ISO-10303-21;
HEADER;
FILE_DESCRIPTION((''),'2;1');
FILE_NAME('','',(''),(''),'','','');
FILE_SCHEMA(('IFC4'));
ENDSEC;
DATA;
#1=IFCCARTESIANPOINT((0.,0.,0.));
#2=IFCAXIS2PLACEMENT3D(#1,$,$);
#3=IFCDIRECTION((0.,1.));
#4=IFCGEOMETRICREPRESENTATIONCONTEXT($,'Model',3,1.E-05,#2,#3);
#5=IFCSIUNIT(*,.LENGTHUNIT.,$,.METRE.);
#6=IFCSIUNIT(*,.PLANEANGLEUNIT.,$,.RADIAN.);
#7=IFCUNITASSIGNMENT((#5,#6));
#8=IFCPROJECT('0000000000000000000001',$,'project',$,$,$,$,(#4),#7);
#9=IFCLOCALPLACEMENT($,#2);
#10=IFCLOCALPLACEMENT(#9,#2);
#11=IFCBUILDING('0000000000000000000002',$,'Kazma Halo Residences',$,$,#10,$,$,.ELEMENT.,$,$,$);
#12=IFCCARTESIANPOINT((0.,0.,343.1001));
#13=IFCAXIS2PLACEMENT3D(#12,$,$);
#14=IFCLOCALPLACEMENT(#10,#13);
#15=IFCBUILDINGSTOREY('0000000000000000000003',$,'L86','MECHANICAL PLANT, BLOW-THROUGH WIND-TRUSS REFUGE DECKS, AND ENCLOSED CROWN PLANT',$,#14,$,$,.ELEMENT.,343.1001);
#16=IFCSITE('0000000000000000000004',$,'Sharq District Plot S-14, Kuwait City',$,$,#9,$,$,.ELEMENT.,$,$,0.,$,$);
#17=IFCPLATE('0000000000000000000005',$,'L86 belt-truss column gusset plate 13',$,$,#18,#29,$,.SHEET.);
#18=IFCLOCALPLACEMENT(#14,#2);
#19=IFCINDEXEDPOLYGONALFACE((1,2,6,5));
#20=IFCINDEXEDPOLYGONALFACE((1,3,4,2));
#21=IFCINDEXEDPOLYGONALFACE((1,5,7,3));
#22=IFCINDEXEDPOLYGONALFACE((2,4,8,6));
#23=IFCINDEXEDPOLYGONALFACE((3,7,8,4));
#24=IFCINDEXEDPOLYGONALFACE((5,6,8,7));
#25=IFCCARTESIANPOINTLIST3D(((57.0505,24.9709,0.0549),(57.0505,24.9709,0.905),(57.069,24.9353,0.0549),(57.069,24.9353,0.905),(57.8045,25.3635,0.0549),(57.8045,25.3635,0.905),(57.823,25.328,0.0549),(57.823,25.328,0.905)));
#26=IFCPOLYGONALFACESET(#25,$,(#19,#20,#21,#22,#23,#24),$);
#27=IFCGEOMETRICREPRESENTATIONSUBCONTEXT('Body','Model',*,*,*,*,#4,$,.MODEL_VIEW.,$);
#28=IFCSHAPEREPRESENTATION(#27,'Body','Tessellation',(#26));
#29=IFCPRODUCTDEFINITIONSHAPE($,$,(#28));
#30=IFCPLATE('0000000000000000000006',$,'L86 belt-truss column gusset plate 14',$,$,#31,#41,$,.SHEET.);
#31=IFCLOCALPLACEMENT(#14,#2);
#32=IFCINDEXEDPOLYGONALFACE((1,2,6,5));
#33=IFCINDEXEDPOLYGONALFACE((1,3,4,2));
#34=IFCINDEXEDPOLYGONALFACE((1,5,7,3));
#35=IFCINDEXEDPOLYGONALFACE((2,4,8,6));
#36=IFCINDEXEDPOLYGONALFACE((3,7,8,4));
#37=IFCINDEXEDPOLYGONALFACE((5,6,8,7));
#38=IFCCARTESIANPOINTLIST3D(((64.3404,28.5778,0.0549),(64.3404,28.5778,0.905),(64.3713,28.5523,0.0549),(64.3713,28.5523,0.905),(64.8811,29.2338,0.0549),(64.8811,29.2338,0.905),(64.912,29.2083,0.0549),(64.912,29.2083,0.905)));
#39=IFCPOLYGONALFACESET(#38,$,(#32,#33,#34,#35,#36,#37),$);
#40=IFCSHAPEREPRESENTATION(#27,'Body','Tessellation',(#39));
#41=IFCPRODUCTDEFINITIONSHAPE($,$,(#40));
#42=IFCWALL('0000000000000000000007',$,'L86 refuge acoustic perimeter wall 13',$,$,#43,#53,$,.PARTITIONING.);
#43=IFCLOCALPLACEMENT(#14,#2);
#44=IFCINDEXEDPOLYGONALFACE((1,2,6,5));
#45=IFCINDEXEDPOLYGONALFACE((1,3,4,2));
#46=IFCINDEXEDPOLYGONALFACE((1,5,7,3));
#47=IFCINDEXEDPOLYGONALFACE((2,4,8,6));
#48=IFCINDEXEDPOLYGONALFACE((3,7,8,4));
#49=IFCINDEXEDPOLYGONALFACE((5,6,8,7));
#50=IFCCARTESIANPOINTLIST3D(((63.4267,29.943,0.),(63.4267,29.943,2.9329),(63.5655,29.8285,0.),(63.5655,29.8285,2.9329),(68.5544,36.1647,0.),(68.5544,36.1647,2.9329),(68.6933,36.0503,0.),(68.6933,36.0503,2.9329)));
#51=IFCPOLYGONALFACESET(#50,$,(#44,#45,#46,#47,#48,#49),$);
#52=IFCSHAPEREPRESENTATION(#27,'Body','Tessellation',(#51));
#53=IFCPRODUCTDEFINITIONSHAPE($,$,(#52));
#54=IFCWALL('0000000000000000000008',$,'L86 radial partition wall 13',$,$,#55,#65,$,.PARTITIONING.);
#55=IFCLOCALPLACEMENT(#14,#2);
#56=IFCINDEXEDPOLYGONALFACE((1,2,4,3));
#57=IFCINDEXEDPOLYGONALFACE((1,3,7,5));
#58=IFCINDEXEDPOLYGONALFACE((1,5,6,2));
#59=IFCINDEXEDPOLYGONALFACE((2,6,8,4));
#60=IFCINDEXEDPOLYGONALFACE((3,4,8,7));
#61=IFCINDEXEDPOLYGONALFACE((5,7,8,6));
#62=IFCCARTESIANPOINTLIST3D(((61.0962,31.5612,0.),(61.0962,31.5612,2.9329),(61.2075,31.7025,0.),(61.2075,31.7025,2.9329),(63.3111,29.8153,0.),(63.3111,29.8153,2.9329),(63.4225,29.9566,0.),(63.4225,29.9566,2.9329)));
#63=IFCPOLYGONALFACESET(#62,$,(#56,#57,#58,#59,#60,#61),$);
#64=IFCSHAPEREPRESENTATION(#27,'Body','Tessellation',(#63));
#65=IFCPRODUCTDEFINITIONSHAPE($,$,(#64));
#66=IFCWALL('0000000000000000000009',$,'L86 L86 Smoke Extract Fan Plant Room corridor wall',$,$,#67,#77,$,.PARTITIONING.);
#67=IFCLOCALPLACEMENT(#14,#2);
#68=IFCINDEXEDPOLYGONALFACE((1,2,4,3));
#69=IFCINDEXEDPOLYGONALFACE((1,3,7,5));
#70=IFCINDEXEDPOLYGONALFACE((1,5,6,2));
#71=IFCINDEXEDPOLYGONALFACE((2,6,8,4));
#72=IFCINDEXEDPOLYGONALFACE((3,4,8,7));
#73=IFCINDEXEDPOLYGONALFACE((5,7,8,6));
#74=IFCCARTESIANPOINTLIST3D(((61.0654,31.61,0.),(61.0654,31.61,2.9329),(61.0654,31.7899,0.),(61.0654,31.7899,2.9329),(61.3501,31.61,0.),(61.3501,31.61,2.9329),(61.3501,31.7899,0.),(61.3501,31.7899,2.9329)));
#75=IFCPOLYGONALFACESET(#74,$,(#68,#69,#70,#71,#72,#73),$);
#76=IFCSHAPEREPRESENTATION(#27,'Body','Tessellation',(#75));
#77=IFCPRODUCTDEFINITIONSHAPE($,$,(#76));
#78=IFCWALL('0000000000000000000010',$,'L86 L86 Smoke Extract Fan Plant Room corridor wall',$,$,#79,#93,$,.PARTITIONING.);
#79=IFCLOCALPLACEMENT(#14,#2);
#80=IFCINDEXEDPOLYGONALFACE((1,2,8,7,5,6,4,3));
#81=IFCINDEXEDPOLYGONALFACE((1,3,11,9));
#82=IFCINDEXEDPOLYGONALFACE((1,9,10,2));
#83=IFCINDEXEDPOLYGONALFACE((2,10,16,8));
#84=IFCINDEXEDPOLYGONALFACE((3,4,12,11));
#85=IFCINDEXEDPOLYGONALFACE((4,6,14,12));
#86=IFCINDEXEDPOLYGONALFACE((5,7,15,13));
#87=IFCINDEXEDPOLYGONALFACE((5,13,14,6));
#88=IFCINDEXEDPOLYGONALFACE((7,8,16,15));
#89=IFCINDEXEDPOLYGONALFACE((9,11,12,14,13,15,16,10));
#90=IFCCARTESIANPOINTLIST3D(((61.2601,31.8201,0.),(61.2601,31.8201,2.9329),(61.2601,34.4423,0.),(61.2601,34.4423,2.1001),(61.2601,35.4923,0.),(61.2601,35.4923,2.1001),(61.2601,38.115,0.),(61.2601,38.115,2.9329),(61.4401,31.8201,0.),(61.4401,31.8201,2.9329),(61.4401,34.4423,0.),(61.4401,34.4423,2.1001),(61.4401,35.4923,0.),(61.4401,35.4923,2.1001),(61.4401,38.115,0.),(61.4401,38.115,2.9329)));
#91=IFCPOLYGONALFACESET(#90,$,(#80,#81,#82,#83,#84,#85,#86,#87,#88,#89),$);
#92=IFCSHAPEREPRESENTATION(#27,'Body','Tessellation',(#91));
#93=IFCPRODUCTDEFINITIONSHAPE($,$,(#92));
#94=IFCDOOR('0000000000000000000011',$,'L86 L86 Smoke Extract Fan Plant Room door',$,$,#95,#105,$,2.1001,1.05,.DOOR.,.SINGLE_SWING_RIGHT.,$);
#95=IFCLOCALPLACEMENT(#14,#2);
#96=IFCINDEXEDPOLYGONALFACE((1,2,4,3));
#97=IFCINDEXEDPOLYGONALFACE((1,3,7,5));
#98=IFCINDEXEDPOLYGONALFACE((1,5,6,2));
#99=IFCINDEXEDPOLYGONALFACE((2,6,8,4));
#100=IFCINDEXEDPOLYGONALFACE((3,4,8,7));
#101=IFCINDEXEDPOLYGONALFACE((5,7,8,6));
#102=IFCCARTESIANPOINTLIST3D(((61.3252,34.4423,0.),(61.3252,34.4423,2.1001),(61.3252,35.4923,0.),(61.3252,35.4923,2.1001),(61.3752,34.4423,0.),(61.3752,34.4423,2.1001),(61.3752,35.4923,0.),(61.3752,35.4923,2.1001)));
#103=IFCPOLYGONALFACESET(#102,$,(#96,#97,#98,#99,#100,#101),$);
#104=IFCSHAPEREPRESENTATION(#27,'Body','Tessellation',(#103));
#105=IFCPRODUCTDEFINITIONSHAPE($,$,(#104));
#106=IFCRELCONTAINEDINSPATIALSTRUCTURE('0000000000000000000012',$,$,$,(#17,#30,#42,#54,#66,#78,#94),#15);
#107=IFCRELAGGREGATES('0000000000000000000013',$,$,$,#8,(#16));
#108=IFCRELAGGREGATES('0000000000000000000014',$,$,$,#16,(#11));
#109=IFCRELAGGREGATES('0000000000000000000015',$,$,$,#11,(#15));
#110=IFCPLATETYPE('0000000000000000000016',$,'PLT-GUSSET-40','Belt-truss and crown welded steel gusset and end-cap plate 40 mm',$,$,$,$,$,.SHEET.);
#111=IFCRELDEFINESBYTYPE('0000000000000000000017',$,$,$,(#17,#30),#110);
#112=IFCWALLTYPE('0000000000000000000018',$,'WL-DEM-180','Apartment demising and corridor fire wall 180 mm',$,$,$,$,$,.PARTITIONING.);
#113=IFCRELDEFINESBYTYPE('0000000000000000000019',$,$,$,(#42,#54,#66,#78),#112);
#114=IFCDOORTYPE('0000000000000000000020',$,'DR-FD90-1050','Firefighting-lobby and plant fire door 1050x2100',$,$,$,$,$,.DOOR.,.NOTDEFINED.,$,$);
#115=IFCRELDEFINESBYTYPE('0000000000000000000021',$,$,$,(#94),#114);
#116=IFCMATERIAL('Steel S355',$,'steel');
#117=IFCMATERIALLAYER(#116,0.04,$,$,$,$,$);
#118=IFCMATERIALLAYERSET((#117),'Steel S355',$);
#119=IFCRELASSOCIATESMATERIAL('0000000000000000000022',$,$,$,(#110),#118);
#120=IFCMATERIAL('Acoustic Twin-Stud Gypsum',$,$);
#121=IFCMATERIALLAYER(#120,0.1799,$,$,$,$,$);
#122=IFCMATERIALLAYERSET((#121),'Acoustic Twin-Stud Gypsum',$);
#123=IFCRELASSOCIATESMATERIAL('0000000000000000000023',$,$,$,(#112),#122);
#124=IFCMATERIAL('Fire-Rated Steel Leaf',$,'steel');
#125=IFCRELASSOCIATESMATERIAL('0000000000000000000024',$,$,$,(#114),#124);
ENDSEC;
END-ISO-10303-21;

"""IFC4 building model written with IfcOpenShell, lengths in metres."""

from ifc_helpers import new_model, si_unit, direction, frame, frame_2d, origin, origin_2d, place, context, subcontext, project, spatial, rectangle, extrude, material, layer, layer_set, type_object, element, fill, save


model = new_model("IFC4")

# Units and contexts
model_context = context("Model", 3, precision=1e-05, world=origin(), true_north=direction((0.0, 1.0)))
body_context = subcontext(model_context, "Body", "Model", "MODEL_VIEW")
ifc_project = project(units=[si_unit("LENGTHUNIT", "METRE"), si_unit("PLANEANGLEUNIT", "RADIAN")], contexts=[model_context])

# Site, building, storey
site_placement = place(None, origin())
site = spatial("IfcSite", under=ifc_project, at=site_placement, Name="Sharq District Plot S-14, Kuwait City", CompositionType="ELEMENT", RefElevation=0.0)
building_placement = place(site_placement, origin())
building = spatial("IfcBuilding", under=site, at=building_placement, Name="Kazma Halo Residences", CompositionType="ELEMENT")
storey_placement = place(building_placement, frame((0.0, 0.0, 343.1001)))
storey = spatial("IfcBuildingStorey", under=building, at=storey_placement, Name="L86", Description="MECHANICAL PLANT, BLOW-THROUGH WIND-TRUSS REFUGE DECKS, AND ENCLOSED CROWN PLANT", CompositionType="ELEMENT", Elevation=343.1001)

# Shared definitions
ifc_material_1 = material(Name="Steel S355", Category="steel")

# Plates
ifc_layer_1 = layer(ifc_material_1, 0.04)
ifc_layer_set_1 = layer_set([ifc_layer_1], Name="Steel S355")
plate_type_1 = type_object("IfcPlateType", Name="PLT-GUSSET-40", Description="Belt-truss and crown welded steel gusset and end-cap plate 40 mm", PredefinedType="SHEET", material=ifc_layer_set_1)
for number, where, z_axis, x_axis, name in (
    (1, (57.4368, 25.1494, 0.0549), (0.0, 0.0, 1.0), (0.886953, 0.461859, 0.0), "L86 belt-truss column gusset plate 13"),
    (2, (64.6262, 28.8931, 0.0549), (0.0, 0.0, 1.0), (0.636007, 0.771684, 0.0), "L86 belt-truss column gusset plate 14"),
):
    element("IfcPlate", number, at=place(storey_placement, frame(where, z_axis=z_axis, x_axis=x_axis)), inside=storey, type_object=plate_type_1, Name=name, PredefinedType="SHEET", context=body_context, shape_type="SweptSolid", body=[
        extrude(rectangle(XDim=0.8501, YDim=0.04, at=origin_2d()), origin(), (0.0, 0.0, 1.0), 0.8501),
    ])

# Walls
ifc_material_2 = material(Name="Acoustic Twin-Stud Gypsum")
ifc_layer_2 = layer(ifc_material_2, 0.1799)
ifc_layer_set_2 = layer_set([ifc_layer_2], Name="Acoustic Twin-Stud Gypsum")
wall_type = type_object("IfcWallType", Name="WL-DEM-180", Description="Apartment demising and corridor fire wall 180 mm", PredefinedType="PARTITIONING", material=ifc_layer_set_2)
wall_1_placement = place(storey_placement, frame((63.4961, 29.8857, 0.0), z_axis=(0.0, 0.0, 1.0), x_axis=(0.635999, 0.77169, 0.0)))
element("IfcWall", 3, at=wall_1_placement, inside=storey, type_object=wall_type, Name="L86 refuge acoustic perimeter wall 13", PredefinedType="PARTITIONING", context=body_context, shape_type="SweptSolid", body=[
    extrude(rectangle(XDim=8.0625, YDim=0.1799, at=frame_2d((4.0312, 0.0))), origin(), (0.0, 0.0, 1.0), 2.9329),
])
wall_2_placement = place(storey_placement, frame((61.1519, 31.6318, 0.0), z_axis=(0.0, 0.0, 1.0), x_axis=(0.78535, -0.619052, 0.0)))
element("IfcWall", 4, at=wall_2_placement, inside=storey, type_object=wall_type, Name="L86 radial partition wall 13", PredefinedType="PARTITIONING", context=body_context, shape_type="SweptSolid", body=[
    extrude(rectangle(XDim=2.8203, YDim=0.1799, at=frame_2d((1.4102, 0.0))), origin(), (0.0, 0.0, 1.0), 2.9329),
])
wall_3_placement = place(storey_placement, frame((61.0654, 31.7, 0.0), z_axis=(0.0, 0.0, 1.0), x_axis=(1.0, 0.0, 0.0)))
element("IfcWall", 5, at=wall_3_placement, inside=storey, type_object=wall_type, Name="L86 L86 Smoke Extract Fan Plant Room corridor wall", PredefinedType="PARTITIONING", context=body_context, shape_type="SweptSolid", body=[
    extrude(rectangle(XDim=0.2847, YDim=0.1799, at=frame_2d((0.1423, 0.0))), origin(), (0.0, 0.0, 1.0), 2.9329),
])

# Wall, opening, door
wall_4_placement = place(storey_placement, frame((61.3501, 31.8201, 0.0), z_axis=(0.0, 0.0, 1.0), x_axis=(0.0, 1.0, 0.0)))
wall_4 = element("IfcWall", 6, at=wall_4_placement, inside=storey, type_object=wall_type, Name="L86 L86 Smoke Extract Fan Plant Room corridor wall", PredefinedType="PARTITIONING", context=body_context, shape_type="SweptSolid", body=[
    extrude(rectangle(XDim=6.2949, YDim=0.1799, at=frame_2d((3.1475, 0.0))), origin(), (0.0, 0.0, 1.0), 2.9329),
])
opening_placement = place(wall_4_placement, frame((2.6223, 0.0, 0.0)))
opening = element("IfcOpeningElement", 7, at=opening_placement, cuts=wall_4, PredefinedType="OPENING", context=body_context, shape_type="SweptSolid", body=[
    extrude(rectangle(XDim=1.05, YDim=2.1001, at=frame_2d((0.5249, 1.05))), frame((0.0, 0.0999, 0.0), z_axis=(0.0, -1.0, 0.0), x_axis=(1.0, 0.0, 0.0)), (0.0, 0.0, 1.0), 0.2),
])
ifc_material_3 = material(Name="Fire-Rated Steel Leaf", Category="steel")
door_type = type_object("IfcDoorType", Name="DR-FD90-1050", Description="Firefighting-lobby and plant fire door 1050x2100", OperationType="NOTDEFINED", PredefinedType="DOOR", material=ifc_material_3)
door_placement = place(opening_placement, origin())
door = element("IfcDoor", 8, at=door_placement, inside=storey, type_object=door_type, Name="L86 L86 Smoke Extract Fan Plant Room door", OperationType="SINGLE_SWING_RIGHT", OverallHeight=2.1001, OverallWidth=1.05, PredefinedType="DOOR", context=body_context, shape_type="SweptSolid", body=[
    extrude(rectangle(XDim=1.05, YDim=2.1001, at=frame_2d((0.5249, 1.05))), frame((0.0, 0.0249, 0.0), z_axis=(0.0, -1.0, 0.0), x_axis=(1.0, 0.0, 0.0)), (0.0, 0.0, 1.0), 0.05),
])
fill(opening, door)

save(model, "model.ifc")
